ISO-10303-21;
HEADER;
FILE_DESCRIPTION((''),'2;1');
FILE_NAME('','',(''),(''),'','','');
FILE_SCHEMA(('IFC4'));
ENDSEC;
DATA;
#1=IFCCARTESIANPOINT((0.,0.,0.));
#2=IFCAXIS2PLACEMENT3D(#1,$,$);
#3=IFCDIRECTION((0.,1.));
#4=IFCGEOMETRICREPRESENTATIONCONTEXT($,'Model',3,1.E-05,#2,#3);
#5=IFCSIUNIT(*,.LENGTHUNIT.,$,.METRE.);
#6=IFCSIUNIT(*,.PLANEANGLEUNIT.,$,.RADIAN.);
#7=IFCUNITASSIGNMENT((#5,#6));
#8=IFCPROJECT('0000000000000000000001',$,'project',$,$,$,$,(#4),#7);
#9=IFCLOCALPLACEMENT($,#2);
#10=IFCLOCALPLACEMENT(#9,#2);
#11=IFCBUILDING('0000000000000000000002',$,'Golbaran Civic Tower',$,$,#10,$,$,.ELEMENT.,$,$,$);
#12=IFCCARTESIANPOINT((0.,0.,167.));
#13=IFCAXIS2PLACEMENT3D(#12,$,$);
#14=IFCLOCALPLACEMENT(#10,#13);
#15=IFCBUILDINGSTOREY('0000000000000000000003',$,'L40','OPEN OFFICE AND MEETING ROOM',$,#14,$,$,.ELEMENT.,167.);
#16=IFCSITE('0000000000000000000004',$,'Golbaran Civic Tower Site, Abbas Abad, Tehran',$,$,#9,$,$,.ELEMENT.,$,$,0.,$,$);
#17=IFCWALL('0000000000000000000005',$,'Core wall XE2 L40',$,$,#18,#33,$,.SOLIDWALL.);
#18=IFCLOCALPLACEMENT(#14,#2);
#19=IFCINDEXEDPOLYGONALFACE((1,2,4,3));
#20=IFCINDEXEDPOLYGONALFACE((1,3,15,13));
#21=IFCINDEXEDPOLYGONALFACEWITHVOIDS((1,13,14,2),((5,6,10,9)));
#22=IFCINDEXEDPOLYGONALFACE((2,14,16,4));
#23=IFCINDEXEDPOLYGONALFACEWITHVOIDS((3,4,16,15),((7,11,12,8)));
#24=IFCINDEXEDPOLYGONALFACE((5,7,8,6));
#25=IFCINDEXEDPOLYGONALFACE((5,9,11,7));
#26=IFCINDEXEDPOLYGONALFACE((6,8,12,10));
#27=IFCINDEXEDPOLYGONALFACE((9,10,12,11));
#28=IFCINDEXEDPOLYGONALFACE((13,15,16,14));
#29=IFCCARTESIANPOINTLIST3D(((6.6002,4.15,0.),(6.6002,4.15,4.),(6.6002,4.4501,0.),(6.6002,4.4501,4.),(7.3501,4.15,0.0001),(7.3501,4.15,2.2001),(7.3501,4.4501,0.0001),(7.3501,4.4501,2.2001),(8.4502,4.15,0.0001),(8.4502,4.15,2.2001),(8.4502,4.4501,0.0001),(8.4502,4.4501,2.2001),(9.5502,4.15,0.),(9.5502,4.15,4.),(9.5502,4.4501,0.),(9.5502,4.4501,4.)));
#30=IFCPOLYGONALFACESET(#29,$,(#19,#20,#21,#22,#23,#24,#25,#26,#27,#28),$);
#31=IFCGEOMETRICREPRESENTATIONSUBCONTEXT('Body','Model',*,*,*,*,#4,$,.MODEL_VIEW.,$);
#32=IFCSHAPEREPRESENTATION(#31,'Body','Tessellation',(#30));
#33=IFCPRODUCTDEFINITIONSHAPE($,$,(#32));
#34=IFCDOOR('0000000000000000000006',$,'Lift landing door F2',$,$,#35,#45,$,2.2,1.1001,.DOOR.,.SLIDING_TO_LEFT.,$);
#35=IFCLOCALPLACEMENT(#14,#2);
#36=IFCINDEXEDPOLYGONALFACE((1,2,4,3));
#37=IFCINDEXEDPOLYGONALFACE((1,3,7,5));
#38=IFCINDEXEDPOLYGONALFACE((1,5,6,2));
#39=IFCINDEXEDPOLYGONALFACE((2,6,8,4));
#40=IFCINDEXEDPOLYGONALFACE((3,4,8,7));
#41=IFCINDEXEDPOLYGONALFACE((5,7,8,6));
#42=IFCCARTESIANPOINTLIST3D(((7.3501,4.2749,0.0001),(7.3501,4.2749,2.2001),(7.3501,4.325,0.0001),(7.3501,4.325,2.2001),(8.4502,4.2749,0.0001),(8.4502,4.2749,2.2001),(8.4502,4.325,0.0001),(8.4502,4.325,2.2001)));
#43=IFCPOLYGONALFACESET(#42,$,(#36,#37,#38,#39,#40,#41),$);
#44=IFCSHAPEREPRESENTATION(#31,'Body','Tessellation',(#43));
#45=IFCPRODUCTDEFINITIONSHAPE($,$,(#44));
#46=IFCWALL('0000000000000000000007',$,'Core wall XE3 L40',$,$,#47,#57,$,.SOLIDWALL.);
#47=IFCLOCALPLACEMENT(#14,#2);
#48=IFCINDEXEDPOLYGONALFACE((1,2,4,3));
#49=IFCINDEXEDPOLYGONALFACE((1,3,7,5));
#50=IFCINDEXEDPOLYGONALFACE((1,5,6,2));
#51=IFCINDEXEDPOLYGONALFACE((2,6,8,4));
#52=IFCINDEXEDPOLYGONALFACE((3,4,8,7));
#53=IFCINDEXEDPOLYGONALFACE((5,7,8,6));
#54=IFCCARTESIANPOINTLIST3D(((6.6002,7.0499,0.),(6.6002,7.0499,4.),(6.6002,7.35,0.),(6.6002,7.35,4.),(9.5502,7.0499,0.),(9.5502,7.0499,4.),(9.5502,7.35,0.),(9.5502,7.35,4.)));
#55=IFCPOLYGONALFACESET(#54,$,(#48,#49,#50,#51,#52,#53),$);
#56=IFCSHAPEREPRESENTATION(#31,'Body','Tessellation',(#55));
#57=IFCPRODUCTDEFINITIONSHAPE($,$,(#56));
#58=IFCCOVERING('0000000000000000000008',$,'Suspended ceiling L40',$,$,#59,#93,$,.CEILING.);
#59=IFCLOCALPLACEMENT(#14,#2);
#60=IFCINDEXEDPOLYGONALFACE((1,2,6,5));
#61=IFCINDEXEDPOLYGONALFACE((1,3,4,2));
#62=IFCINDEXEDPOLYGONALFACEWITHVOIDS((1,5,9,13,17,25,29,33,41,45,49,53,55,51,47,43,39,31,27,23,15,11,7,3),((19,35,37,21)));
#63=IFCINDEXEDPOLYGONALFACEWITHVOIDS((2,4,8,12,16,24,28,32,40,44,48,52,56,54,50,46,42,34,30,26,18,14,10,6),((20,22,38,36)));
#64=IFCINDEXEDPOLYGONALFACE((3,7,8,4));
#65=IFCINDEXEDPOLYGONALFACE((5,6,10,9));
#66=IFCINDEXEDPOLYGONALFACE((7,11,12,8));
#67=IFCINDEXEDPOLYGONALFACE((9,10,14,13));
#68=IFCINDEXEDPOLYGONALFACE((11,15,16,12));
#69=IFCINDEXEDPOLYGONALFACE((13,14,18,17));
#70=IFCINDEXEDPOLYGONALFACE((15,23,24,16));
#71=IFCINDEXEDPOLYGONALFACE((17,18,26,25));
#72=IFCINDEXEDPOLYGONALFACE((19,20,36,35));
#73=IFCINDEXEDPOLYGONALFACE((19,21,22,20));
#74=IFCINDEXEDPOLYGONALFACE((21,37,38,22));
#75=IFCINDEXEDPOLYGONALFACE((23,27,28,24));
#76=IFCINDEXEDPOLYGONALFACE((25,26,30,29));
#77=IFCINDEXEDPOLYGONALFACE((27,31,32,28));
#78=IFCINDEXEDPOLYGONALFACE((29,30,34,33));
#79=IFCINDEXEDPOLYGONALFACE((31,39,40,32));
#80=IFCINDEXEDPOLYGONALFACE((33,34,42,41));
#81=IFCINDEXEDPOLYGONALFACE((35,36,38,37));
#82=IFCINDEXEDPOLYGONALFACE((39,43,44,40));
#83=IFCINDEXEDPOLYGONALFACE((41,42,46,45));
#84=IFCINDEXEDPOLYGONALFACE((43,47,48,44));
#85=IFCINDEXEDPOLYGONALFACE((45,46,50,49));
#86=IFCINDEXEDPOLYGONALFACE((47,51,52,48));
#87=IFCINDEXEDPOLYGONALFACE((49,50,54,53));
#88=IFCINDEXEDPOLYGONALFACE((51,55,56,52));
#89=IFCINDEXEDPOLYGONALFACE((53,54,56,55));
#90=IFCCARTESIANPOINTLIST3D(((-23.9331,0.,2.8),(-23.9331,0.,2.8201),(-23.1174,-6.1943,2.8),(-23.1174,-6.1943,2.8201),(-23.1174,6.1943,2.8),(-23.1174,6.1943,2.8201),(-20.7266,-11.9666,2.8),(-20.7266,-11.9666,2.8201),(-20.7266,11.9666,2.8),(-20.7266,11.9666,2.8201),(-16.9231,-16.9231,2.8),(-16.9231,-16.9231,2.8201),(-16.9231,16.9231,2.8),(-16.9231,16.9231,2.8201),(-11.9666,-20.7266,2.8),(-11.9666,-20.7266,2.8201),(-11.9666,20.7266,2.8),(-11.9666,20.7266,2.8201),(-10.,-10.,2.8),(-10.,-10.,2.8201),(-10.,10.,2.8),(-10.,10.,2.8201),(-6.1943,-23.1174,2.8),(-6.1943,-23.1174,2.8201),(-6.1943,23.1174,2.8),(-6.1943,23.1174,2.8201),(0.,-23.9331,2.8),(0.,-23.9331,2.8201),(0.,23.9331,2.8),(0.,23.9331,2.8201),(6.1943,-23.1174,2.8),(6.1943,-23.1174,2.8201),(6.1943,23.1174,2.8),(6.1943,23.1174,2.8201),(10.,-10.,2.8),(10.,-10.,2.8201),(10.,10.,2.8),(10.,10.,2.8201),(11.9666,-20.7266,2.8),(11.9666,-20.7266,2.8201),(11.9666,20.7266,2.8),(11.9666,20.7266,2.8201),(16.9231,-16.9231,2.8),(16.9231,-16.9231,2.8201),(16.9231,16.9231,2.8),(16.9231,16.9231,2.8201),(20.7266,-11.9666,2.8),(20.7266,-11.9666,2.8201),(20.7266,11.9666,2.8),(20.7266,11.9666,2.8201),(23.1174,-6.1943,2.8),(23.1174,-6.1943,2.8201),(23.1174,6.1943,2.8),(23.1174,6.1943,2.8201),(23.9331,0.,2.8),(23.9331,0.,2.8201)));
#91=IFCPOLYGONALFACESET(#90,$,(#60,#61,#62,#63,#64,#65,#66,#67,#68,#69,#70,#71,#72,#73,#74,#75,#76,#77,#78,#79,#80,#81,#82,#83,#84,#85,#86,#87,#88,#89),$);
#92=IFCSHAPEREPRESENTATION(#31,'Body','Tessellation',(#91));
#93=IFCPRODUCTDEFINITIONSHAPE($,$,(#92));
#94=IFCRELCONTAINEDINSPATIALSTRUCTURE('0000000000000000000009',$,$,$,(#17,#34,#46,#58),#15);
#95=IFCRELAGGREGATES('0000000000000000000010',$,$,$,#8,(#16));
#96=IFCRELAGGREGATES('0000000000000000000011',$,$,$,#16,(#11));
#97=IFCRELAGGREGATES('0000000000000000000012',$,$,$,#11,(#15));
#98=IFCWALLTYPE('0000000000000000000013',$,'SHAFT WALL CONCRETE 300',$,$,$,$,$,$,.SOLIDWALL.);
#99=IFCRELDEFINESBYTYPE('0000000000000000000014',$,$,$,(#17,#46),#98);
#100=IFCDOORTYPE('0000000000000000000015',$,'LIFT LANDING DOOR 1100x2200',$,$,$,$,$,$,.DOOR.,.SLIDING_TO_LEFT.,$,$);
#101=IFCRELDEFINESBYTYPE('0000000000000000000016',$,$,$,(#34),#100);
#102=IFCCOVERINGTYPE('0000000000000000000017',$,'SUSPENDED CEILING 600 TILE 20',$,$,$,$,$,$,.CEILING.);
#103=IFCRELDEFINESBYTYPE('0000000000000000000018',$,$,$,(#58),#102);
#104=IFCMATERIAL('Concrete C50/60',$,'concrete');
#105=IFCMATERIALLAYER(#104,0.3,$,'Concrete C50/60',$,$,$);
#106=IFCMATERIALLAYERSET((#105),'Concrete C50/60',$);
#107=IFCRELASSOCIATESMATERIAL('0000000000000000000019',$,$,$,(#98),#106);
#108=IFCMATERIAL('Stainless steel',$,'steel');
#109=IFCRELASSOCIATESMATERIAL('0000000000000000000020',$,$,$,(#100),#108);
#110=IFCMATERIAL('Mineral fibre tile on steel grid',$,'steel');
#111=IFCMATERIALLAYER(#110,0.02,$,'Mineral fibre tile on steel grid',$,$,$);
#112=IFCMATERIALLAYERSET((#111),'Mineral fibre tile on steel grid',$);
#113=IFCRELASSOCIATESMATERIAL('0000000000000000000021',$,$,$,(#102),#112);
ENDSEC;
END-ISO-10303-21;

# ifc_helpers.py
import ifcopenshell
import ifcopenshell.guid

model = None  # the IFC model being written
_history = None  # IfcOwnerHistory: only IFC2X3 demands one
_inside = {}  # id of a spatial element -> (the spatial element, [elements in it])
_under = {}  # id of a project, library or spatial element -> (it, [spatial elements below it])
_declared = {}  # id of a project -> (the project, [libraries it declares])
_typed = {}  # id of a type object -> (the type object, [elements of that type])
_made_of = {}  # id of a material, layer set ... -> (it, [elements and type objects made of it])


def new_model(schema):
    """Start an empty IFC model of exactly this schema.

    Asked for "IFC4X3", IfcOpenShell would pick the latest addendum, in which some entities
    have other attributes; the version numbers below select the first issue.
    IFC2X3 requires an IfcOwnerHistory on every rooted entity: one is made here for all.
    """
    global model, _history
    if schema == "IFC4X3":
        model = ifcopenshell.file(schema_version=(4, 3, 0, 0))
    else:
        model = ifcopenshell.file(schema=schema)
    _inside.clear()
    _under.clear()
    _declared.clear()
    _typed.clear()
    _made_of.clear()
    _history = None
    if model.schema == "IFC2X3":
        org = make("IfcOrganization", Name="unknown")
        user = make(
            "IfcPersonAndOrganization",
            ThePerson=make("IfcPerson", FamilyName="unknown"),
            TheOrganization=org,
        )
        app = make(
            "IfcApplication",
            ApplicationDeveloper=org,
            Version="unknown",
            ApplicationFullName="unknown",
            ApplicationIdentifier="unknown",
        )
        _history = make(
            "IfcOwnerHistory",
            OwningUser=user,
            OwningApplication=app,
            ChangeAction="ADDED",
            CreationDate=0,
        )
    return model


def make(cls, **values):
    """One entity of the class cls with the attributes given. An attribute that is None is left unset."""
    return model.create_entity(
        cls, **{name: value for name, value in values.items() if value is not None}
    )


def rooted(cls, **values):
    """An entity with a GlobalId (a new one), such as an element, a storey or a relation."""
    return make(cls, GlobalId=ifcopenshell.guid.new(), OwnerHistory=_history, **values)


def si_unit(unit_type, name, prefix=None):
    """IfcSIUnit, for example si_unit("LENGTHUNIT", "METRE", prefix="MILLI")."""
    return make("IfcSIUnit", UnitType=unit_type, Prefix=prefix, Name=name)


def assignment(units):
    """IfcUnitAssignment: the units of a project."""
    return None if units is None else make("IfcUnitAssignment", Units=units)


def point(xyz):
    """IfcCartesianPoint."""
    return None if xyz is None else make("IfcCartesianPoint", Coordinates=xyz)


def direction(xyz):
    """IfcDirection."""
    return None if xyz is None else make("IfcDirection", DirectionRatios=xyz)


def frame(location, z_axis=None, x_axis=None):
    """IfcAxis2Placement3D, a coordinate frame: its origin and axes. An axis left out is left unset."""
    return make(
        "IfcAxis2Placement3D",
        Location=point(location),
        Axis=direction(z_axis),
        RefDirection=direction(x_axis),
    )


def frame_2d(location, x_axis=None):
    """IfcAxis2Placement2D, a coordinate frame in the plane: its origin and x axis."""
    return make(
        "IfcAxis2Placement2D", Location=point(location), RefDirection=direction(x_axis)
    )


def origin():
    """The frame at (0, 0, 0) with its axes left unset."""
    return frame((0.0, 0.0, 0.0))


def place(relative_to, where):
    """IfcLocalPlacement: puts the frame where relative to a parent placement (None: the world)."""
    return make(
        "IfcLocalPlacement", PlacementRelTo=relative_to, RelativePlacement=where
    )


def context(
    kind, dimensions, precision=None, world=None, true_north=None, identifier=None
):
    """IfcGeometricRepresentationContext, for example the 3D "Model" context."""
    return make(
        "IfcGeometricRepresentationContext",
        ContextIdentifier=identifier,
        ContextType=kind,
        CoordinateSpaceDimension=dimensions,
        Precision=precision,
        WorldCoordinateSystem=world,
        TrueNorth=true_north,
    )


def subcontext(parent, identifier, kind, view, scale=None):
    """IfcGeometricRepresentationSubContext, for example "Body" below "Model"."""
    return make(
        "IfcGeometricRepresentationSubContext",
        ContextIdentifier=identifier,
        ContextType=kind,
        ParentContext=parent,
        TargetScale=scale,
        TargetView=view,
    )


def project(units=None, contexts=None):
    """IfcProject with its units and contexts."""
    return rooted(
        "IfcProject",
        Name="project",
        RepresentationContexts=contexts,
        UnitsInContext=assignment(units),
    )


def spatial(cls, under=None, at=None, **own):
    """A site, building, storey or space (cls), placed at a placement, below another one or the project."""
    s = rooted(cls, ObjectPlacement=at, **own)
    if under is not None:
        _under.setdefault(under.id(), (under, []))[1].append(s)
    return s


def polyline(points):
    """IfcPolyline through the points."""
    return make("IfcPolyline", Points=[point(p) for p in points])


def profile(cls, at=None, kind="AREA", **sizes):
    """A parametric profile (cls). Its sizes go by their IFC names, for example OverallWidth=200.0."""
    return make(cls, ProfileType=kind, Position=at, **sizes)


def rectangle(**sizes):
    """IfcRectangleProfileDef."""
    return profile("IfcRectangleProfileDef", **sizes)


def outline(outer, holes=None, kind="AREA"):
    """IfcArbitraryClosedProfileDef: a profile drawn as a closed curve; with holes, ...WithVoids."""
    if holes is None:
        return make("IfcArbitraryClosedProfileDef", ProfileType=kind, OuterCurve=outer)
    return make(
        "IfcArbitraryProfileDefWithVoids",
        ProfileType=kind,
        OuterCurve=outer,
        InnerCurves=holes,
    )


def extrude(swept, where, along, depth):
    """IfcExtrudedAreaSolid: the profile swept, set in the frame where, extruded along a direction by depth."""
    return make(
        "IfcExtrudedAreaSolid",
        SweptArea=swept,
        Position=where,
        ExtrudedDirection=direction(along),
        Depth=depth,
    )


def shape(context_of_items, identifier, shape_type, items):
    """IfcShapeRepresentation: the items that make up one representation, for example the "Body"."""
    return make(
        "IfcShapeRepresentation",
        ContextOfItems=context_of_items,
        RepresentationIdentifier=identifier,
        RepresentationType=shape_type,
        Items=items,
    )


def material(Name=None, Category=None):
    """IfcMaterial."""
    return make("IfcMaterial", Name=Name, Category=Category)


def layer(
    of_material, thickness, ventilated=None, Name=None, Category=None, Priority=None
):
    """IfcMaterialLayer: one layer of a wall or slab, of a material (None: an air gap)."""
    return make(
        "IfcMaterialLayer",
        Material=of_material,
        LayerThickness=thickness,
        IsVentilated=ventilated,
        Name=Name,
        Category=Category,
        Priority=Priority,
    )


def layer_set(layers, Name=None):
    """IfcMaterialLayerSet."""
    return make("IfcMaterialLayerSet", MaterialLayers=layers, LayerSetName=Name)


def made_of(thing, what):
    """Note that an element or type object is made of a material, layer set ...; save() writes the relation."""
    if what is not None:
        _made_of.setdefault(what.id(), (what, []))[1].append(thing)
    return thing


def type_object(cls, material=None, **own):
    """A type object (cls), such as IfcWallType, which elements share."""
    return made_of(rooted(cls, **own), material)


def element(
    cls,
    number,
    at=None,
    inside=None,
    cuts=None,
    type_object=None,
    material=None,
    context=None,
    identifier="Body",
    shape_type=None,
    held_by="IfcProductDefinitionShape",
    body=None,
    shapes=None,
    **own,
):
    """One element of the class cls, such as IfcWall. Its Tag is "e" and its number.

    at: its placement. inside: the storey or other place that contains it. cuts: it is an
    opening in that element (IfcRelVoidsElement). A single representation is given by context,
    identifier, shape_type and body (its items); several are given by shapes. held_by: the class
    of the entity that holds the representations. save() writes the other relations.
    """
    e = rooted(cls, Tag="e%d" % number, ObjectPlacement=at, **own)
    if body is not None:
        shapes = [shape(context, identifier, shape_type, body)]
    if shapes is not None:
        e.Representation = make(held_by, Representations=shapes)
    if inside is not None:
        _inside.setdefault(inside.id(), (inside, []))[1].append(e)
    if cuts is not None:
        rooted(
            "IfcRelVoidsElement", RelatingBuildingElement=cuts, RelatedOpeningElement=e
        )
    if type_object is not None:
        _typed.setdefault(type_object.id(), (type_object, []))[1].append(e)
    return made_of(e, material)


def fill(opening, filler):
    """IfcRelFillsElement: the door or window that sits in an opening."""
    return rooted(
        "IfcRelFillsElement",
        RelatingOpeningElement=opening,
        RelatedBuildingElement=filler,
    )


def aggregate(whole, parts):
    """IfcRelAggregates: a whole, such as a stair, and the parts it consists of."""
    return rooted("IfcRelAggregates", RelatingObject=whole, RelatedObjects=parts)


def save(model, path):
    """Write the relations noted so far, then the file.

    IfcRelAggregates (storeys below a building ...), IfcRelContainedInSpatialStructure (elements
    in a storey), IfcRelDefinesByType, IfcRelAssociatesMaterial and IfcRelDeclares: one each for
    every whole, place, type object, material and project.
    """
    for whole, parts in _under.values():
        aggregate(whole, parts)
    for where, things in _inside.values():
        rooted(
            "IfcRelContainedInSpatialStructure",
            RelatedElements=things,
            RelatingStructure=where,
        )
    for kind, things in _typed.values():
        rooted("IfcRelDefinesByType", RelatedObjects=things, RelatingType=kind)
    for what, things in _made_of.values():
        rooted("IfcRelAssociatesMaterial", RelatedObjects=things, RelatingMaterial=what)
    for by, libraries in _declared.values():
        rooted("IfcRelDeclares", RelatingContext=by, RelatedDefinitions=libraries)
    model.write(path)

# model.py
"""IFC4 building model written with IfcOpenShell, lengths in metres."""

from ifc_helpers import new_model, si_unit, direction, frame, frame_2d, origin, place, context, subcontext, project, spatial, polyline, rectangle, outline, extrude, material, layer, layer_set, type_object, element, fill, save


model = new_model("IFC4")

# Units and contexts
model_context = context("Model", 3, precision=1e-05, world=origin(), true_north=direction((0.0, 1.0)))
body_context = subcontext(model_context, "Body", "Model", "MODEL_VIEW")
ifc_project = project(units=[si_unit("LENGTHUNIT", "METRE"), si_unit("PLANEANGLEUNIT", "RADIAN")], contexts=[model_context])

# Site, building, storey
site_placement = place(None, origin())
site = spatial("IfcSite", under=ifc_project, at=site_placement, Name="Golbaran Civic Tower Site, Abbas Abad, Tehran", CompositionType="ELEMENT", RefElevation=0.0)
building_placement = place(site_placement, origin())
building = spatial("IfcBuilding", under=site, at=building_placement, Name="Golbaran Civic Tower", CompositionType="ELEMENT")
storey_placement = place(building_placement, frame((0.0, 0.0, 167.0)))
storey = spatial("IfcBuildingStorey", under=building, at=storey_placement, Name="L40", Description="OPEN OFFICE AND MEETING ROOM", CompositionType="ELEMENT", Elevation=167.0)

# Shared definitions
ifc_material_1 = material(Name="Concrete C50/60", Category="concrete")
ifc_layer_1 = layer(ifc_material_1, 0.3, Name="Concrete C50/60")
ifc_layer_set_1 = layer_set([ifc_layer_1], Name="Concrete C50/60")
wall_type_1 = type_object("IfcWallType", Name="SHAFT WALL CONCRETE 300", PredefinedType="SOLIDWALL", material=ifc_layer_set_1)
ifc_material_2 = material(Name="Stainless steel", Category="steel")
door_type_1 = type_object("IfcDoorType", Name="LIFT LANDING DOOR 1100x2200", OperationType="SLIDING_TO_LEFT", PredefinedType="DOOR", material=ifc_material_2)

# Wall, opening, door
wall_1_placement = place(storey_placement, frame((6.6001, 4.3, 0.0), z_axis=(0.0, 0.0, 1.0), x_axis=(1.0, 0.0, 0.0)))
wall_1 = element("IfcWall", 1, at=wall_1_placement, inside=storey, type_object=wall_type_1, Name="Core wall XE2 L40", PredefinedType="SOLIDWALL", context=body_context, shape_type="SweptSolid", body=[
    extrude(rectangle(XDim=2.95, YDim=0.3, at=frame_2d((1.4751, 0.0))), origin(), (0.0, 0.0, 1.0), 4.0),
])
opening_1_placement = place(wall_1_placement, frame((0.75, 0.0, 0.0)))
opening_1 = element("IfcOpeningElement", 2, at=opening_1_placement, cuts=wall_1, PredefinedType="OPENING", context=body_context, shape_type="SweptSolid", body=[
    extrude(rectangle(XDim=1.1001, YDim=2.2, at=frame_2d((0.55, 1.1001))), frame((0.0, 0.1599, 0.0), z_axis=(0.0, -1.0, 0.0), x_axis=(1.0, 0.0, 0.0)), (0.0, 0.0, 1.0), 0.3201),
])
door_1_placement = place(opening_1_placement, origin())
door_1 = element("IfcDoor", 3, at=door_1_placement, inside=storey, type_object=door_type_1, Name="Lift landing door F2", OperationType="SLIDING_TO_LEFT", OverallHeight=2.2, OverallWidth=1.1001, PredefinedType="DOOR", context=body_context, shape_type="SweptSolid", body=[
    extrude(rectangle(XDim=1.1001, YDim=2.2, at=frame_2d((0.55, 1.1001))), frame((0.0, 0.0249, 0.0), z_axis=(0.0, -1.0, 0.0), x_axis=(1.0, 0.0, 0.0)), (0.0, 0.0, 1.0), 0.05),
])
fill(opening_1, door_1)

# Wall
wall_2_placement = place(storey_placement, frame((6.6001, 7.2, 0.0), z_axis=(0.0, 0.0, 1.0), x_axis=(1.0, 0.0, 0.0)))
element("IfcWall", 4, at=wall_2_placement, inside=storey, type_object=wall_type_1, Name="Core wall XE3 L40", PredefinedType="SOLIDWALL", context=body_context, shape_type="SweptSolid", body=[
    extrude(rectangle(XDim=2.95, YDim=0.3, at=frame_2d((1.4751, 0.0))), origin(), (0.0, 0.0, 1.0), 4.0),
])

# Covering
ifc_material_3 = material(Name="Mineral fibre tile on steel grid", Category="steel")
ifc_layer_2 = layer(ifc_material_3, 0.02, Name="Mineral fibre tile on steel grid")
ifc_layer_set_2 = layer_set([ifc_layer_2], Name="Mineral fibre tile on steel grid")
covering_type = type_object("IfcCoveringType", Name="SUSPENDED CEILING 600 TILE 20", PredefinedType="CEILING", material=ifc_layer_set_2)
covering_placement = place(storey_placement, frame((0.0, 0.0, 2.8)))
element("IfcCovering", 5, at=covering_placement, inside=storey, type_object=covering_type, Name="Suspended ceiling L40", PredefinedType="CEILING", context=body_context, shape_type="SweptSolid", body=[
    extrude(outline(polyline([(-16.9231, 16.9231), (-11.9666, 20.7266), (-6.1943, 23.1174), (0.0, 23.9331), (6.1943, 23.1174), (11.9666, 20.7266), (16.9231, 16.9231), (20.7266, 11.9666), (23.1174, 6.1943), (23.9331, 0.0), (23.1174, -6.1943), (20.7266, -11.9666), (16.9231, -16.9231), (11.9666, -20.7266), (6.1943, -23.1174), (0.0, -23.9331), (-6.1943, -23.1174), (-11.9666, -20.7266), (-16.9231, -16.9231), (-20.7266, -11.9666), (-23.1174, -6.1943), (-23.9331, 0.0), (-23.1174, 6.1943), (-20.7266, 11.9666), (-16.9231, 16.9231)]), holes=[polyline([(10.0, -10.0), (10.0, 10.0), (-10.0, 10.0), (-10.0, -10.0), (10.0, -10.0)])]), origin(), (0.0, 0.0, 1.0), 0.02),
])

save(model, "model.ifc")
